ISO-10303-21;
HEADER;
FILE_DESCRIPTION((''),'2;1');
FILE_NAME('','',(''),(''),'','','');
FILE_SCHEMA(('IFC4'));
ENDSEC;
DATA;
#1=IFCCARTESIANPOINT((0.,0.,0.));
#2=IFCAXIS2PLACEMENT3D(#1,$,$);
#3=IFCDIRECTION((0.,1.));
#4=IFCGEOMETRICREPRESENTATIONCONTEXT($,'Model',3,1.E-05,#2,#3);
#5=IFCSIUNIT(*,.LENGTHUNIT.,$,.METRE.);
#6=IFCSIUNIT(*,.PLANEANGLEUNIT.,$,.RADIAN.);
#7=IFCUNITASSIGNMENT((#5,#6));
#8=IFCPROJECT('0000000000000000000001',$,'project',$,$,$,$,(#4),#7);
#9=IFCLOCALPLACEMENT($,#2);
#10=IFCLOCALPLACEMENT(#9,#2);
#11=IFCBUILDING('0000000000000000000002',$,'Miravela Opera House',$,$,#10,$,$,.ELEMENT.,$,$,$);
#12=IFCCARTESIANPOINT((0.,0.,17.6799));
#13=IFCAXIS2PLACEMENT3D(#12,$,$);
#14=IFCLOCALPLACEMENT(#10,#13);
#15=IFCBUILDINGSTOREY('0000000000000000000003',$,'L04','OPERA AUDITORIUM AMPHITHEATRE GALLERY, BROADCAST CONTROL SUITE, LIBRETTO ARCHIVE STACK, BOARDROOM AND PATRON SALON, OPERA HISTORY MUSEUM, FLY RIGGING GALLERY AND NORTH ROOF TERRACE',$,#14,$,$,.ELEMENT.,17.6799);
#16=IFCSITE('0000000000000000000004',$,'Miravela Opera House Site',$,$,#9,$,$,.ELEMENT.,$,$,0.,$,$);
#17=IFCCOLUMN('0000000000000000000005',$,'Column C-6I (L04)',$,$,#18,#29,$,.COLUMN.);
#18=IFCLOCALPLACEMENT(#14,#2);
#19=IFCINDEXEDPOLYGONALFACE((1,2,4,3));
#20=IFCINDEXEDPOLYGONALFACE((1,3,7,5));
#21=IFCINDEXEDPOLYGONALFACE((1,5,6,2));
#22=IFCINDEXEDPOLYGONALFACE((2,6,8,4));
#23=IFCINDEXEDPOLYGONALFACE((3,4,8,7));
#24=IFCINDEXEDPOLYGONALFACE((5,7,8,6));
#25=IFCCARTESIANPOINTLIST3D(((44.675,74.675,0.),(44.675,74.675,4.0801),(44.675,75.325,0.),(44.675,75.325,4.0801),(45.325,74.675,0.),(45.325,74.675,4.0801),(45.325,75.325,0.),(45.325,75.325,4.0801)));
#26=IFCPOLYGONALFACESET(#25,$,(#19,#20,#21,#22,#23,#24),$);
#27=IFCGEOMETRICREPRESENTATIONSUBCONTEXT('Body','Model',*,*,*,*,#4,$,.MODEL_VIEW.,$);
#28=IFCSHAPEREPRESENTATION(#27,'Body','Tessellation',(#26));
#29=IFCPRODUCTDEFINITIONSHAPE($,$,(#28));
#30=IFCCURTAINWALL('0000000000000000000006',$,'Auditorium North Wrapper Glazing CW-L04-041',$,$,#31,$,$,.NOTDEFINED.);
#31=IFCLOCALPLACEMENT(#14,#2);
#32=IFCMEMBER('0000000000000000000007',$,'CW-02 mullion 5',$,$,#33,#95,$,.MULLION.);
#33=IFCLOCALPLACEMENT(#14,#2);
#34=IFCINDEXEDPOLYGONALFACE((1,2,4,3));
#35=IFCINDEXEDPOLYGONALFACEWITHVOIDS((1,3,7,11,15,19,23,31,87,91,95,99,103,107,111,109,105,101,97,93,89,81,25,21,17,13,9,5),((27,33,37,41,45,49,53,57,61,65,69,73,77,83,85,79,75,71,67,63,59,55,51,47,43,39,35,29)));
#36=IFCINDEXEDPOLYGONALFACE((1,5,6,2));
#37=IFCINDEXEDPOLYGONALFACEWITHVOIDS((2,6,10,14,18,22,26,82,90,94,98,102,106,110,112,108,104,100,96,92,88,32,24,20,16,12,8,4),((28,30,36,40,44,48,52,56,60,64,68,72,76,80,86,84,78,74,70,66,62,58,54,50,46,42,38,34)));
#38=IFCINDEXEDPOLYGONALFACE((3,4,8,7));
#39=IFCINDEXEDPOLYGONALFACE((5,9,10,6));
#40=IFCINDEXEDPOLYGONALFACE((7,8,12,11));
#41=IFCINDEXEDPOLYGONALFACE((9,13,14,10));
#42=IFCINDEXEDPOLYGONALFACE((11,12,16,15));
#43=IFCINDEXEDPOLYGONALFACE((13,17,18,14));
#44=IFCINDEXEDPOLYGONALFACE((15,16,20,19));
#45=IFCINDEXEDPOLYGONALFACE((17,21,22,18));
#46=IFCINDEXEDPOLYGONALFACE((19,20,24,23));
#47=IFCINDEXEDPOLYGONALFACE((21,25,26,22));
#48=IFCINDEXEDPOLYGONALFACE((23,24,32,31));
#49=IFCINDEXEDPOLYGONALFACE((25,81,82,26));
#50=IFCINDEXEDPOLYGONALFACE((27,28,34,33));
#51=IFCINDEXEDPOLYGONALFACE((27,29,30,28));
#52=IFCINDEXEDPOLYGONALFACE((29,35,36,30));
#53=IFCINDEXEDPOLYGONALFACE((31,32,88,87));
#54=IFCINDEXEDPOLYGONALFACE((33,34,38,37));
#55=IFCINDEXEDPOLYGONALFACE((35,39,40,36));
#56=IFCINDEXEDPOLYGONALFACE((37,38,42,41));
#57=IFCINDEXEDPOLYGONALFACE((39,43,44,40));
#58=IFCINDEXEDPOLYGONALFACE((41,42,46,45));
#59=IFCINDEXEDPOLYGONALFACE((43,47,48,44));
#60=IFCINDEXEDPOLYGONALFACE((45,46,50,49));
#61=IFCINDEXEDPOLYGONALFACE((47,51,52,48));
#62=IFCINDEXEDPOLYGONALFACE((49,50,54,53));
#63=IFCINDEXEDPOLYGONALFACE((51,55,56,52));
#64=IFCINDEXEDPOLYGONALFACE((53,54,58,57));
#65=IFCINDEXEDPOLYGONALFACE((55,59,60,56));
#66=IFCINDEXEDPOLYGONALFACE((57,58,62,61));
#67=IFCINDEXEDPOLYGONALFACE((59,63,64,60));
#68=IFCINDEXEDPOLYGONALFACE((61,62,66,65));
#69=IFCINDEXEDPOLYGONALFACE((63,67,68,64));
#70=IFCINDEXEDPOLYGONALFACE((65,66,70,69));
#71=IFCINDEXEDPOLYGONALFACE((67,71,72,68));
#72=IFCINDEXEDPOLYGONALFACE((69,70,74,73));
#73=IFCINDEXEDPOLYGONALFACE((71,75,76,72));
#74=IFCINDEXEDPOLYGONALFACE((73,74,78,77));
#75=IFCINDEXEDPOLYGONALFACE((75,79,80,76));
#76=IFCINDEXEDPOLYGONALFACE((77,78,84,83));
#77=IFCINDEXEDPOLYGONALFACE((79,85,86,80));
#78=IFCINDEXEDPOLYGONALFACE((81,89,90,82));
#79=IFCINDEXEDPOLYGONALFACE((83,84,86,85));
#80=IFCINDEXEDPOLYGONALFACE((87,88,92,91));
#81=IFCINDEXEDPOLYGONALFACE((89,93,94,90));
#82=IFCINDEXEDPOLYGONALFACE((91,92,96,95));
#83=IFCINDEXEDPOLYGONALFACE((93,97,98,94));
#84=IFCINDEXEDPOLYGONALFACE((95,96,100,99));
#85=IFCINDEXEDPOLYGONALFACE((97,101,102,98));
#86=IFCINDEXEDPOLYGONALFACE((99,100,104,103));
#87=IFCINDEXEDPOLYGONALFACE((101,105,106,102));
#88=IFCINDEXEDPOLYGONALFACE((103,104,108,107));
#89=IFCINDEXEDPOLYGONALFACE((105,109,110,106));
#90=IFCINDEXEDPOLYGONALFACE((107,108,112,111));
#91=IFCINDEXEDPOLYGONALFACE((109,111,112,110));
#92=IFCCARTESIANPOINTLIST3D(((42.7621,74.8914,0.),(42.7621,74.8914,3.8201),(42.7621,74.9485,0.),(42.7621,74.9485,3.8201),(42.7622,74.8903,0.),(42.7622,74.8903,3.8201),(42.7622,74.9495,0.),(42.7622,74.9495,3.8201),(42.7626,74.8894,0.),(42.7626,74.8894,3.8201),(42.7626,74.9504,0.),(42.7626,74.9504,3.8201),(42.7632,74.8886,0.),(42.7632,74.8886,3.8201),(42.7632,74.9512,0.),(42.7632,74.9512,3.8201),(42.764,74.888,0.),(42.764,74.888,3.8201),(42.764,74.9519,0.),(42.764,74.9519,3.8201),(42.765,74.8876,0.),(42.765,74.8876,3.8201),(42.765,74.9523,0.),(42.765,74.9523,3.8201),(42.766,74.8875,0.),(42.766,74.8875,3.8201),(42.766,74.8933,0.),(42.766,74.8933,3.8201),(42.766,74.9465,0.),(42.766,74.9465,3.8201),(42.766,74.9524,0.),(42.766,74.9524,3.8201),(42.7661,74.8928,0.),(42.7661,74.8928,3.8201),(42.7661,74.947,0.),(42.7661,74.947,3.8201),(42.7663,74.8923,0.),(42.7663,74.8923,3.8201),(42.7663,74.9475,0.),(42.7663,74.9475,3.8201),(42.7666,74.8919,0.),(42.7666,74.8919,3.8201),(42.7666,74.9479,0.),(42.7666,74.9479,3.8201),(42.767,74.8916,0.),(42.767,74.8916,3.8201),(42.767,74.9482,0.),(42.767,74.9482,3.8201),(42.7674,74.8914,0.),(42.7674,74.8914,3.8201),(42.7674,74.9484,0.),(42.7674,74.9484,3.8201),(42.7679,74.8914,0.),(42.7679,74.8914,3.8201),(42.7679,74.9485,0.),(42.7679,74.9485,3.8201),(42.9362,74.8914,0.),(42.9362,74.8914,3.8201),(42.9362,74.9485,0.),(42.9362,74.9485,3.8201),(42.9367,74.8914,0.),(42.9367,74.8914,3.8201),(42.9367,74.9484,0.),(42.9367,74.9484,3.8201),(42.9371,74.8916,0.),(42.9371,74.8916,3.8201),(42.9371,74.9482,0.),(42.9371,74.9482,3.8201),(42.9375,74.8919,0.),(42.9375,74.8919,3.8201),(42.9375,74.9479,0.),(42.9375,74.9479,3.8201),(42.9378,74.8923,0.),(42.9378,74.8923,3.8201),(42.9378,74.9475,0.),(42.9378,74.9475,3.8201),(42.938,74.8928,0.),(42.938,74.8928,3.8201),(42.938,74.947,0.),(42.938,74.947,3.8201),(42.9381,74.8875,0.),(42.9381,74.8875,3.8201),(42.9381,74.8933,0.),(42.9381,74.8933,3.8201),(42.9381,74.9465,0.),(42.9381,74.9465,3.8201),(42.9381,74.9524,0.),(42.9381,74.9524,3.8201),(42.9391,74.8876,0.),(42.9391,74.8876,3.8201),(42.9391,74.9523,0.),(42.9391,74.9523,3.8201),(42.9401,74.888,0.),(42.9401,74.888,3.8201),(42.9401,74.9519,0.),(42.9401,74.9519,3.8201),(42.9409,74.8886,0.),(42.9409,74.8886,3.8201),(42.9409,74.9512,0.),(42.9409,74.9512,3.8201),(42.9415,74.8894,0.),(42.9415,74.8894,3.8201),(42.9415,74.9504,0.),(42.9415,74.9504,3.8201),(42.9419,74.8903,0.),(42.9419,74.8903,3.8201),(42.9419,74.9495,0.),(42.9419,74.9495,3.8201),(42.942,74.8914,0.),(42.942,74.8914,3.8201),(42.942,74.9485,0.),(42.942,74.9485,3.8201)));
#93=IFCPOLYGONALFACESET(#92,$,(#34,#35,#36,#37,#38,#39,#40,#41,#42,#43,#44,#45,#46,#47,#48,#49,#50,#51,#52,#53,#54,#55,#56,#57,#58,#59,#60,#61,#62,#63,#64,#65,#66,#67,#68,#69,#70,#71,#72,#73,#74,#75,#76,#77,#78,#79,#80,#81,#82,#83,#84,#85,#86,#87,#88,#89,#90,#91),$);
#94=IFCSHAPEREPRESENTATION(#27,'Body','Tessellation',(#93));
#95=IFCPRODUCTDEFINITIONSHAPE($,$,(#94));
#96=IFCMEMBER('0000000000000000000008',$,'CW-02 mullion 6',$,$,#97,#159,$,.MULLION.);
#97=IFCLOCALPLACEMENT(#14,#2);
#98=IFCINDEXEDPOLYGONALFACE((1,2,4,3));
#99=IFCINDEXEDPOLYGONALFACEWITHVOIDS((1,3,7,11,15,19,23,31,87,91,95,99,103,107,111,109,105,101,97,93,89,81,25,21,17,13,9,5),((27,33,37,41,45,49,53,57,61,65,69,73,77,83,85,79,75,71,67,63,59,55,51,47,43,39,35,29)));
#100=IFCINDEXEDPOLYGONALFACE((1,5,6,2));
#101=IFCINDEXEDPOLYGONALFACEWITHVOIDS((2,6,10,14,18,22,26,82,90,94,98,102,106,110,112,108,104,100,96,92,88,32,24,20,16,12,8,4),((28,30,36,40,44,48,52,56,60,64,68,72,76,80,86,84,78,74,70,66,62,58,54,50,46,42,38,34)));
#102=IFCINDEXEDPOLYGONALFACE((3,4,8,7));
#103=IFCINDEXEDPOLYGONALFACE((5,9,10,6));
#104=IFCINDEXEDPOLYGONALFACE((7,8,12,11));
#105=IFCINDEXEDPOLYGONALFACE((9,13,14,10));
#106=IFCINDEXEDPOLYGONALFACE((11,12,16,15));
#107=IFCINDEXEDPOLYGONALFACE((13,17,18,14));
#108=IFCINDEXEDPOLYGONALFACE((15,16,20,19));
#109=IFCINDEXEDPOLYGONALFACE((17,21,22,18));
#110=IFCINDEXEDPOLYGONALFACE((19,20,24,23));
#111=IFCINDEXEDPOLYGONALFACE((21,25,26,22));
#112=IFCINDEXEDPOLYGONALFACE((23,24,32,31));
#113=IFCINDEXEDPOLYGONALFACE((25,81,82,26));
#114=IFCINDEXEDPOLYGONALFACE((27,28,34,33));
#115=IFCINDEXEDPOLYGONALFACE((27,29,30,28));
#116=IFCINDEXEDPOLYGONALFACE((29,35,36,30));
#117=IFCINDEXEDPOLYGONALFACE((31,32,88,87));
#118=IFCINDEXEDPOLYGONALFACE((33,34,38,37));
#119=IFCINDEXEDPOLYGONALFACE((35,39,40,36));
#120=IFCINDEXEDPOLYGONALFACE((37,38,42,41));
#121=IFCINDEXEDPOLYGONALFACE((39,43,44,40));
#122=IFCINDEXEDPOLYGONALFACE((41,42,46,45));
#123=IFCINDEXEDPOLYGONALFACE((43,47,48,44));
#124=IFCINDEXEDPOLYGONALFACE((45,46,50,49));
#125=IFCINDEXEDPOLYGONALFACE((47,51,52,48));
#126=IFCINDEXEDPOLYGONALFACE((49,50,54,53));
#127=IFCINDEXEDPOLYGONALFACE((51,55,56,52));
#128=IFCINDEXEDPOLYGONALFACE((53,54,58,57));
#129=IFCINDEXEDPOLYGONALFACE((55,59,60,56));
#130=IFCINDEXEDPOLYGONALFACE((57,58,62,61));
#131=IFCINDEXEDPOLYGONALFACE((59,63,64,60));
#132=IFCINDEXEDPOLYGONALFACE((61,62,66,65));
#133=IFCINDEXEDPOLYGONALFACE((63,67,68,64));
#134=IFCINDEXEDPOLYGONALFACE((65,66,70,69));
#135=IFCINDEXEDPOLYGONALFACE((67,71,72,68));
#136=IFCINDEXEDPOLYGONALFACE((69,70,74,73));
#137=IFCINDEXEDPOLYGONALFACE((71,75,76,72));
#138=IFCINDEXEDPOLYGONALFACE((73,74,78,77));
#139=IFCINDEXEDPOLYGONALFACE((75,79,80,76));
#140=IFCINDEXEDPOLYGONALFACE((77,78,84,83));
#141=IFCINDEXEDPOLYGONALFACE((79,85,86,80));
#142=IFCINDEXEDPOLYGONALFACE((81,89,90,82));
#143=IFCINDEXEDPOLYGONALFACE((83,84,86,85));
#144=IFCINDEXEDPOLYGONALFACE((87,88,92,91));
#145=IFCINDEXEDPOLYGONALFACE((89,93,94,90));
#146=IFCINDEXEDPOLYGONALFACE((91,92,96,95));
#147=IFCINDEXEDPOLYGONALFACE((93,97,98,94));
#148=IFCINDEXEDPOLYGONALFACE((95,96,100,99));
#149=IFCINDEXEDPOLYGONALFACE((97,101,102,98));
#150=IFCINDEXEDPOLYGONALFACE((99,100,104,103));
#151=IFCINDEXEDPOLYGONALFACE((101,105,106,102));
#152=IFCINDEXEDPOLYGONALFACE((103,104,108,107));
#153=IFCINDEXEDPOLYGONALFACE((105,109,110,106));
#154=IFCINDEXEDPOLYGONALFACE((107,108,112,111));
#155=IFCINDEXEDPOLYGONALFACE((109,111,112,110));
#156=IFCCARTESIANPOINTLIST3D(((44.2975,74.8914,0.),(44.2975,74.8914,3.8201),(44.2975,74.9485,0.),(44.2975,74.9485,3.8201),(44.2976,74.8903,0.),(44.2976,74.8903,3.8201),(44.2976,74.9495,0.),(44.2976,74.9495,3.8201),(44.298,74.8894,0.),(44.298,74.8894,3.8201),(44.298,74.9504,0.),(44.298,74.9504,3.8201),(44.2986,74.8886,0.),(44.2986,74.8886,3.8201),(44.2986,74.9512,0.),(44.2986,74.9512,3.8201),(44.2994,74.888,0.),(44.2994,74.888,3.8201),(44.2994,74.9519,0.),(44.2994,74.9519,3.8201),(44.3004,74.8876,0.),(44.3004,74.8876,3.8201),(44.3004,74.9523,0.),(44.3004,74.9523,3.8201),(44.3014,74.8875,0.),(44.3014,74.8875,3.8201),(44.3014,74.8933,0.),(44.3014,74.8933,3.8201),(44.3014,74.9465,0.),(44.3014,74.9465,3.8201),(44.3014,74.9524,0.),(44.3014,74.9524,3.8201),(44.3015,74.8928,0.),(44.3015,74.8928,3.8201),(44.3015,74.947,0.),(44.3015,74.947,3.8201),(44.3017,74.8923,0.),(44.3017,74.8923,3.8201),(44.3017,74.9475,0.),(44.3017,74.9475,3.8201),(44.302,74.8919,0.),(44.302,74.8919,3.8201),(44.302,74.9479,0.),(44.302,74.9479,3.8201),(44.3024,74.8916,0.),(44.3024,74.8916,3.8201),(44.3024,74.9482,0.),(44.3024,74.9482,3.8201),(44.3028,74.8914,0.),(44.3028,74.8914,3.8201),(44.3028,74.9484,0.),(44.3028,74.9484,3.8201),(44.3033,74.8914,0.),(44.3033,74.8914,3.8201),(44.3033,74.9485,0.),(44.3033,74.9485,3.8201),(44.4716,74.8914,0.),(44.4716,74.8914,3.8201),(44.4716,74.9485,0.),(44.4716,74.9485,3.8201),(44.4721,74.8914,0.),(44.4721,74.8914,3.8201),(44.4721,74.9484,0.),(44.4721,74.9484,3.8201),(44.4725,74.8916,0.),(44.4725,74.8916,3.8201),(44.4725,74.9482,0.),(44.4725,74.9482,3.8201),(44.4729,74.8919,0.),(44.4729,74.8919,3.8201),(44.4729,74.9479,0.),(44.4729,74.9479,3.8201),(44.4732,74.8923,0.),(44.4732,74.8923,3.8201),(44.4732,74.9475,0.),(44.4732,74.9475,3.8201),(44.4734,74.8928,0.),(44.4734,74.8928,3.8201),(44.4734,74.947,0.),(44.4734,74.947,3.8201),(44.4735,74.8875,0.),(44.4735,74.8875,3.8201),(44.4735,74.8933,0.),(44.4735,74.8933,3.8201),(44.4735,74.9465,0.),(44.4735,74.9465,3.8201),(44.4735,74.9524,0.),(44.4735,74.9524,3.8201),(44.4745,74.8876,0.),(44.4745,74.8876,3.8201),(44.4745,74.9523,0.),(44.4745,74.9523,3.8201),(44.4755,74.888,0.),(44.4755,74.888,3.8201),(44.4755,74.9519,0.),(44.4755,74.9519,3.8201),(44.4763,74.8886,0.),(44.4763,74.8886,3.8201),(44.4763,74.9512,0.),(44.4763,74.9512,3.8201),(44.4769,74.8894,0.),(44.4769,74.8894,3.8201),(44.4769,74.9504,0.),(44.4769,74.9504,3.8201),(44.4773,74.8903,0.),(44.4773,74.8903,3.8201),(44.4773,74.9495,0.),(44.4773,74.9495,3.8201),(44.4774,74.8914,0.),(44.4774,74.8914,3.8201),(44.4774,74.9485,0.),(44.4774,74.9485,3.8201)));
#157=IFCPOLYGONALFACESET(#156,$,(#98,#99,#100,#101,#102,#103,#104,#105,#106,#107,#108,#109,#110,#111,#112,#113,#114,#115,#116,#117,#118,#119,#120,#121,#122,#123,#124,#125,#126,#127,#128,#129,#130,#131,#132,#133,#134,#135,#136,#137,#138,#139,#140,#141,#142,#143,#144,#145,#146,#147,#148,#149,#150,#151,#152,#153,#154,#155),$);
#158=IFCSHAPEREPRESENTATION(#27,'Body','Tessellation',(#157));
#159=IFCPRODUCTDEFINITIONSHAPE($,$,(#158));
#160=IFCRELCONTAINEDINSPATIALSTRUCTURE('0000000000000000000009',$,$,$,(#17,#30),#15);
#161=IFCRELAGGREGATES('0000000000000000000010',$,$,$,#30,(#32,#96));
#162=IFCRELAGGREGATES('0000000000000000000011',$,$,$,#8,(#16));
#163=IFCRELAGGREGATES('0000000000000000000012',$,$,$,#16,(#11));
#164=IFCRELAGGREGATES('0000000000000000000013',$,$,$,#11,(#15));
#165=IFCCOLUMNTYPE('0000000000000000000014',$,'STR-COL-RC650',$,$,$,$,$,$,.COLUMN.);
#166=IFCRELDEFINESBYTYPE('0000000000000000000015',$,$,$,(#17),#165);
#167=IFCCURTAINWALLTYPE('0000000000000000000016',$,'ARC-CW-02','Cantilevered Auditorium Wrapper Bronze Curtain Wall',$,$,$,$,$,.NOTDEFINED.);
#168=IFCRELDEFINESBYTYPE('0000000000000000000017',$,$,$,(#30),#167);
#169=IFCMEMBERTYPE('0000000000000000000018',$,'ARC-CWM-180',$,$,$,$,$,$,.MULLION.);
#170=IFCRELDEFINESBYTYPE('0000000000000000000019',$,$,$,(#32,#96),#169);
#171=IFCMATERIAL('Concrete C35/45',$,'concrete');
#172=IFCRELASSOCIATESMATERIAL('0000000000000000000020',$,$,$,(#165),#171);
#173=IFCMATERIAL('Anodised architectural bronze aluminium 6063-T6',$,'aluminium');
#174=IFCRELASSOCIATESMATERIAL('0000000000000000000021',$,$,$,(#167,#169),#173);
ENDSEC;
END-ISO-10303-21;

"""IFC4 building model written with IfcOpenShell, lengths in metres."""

from ifc_helpers import new_model, si_unit, direction, frame, origin, origin_2d, place, context, subcontext, project, spatial, rectangle, hollow_rectangle, extrude, material, material_profile, profile_set, type_object, element, aggregate, save


model = new_model("IFC4")

# Units and contexts
model_context = context("Model", 3, precision=1e-05, world=origin(), true_north=direction((0.0, 1.0)))
body_context = subcontext(model_context, "Body", "Model", "MODEL_VIEW")
ifc_project = project(units=[si_unit("LENGTHUNIT", "METRE"), si_unit("PLANEANGLEUNIT", "RADIAN")], contexts=[model_context])

# Site, building, storey
site_placement = place(None, origin())
site = spatial("IfcSite", under=ifc_project, at=site_placement, Name="Miravela Opera House Site", CompositionType="ELEMENT", RefElevation=0.0)
building_placement = place(site_placement, origin())
building = spatial("IfcBuilding", under=site, at=building_placement, Name="Miravela Opera House", CompositionType="ELEMENT")
storey_placement = place(building_placement, frame((0.0, 0.0, 17.6799)))
storey = spatial("IfcBuildingStorey", under=building, at=storey_placement, Name="L04", Description="OPERA AUDITORIUM AMPHITHEATRE GALLERY, BROADCAST CONTROL SUITE, LIBRETTO ARCHIVE STACK, BOARDROOM AND PATRON SALON, OPERA HISTORY MUSEUM, FLY RIGGING GALLERY AND NORTH ROOF TERRACE", CompositionType="ELEMENT", Elevation=17.6799)

# Column
ifc_material_1 = material(Name="Concrete C35/45", Category="concrete")
ifc_material_profile_1 = material_profile(ifc_material_1, rectangle(XDim=0.6499, YDim=0.6499, at=origin_2d()), Name="RC-COL-650X650")
ifc_profile_set_1 = profile_set([ifc_material_profile_1])
column_type = type_object("IfcColumnType", Name="STR-COL-RC650", PredefinedType="COLUMN", material=ifc_profile_set_1)
column_placement = place(storey_placement, frame((45.0, 75.0, 0.0), z_axis=(0.0, 0.0, 1.0), x_axis=(1.0, 0.0, 0.0)))
element("IfcColumn", 1, at=column_placement, inside=storey, type_object=column_type, Name="Column C-6I (L04)", PredefinedType="COLUMN", context=body_context, shape_type="SweptSolid", body=[
    extrude(rectangle(XDim=0.6499, YDim=0.6499, at=origin_2d()), origin(), (0.0, 0.0, 1.0), 4.0801),
])

# Curtain wall, members
ifc_material_2 = material(Name="Anodised architectural bronze aluminium 6063-T6", Category="aluminium")
curtain_wall_type = type_object("IfcCurtainWallType", Name="ARC-CW-02", Description="Cantilevered Auditorium Wrapper Bronze Curtain Wall", PredefinedType="NOTDEFINED", material=ifc_material_2)
curtain_wall_1_placement = place(storey_placement, origin())
curtain_wall_1 = element("IfcCurtainWall", 2, at=curtain_wall_1_placement, inside=storey, type_object=curtain_wall_type, Name="Auditorium North Wrapper Glazing CW-L04-041", PredefinedType="NOTDEFINED")
ifc_material_profile_2 = material_profile(ifc_material_2, hollow_rectangle(XDim=0.0649, YDim=0.1799, WallThickness=0.0039, InnerFilletRadius=0.002, OuterFilletRadius=0.0039, at=origin_2d()), Name="CWM-65X180")
ifc_profile_set_2 = profile_set([ifc_material_profile_2])
member_type_1 = type_object("IfcMemberType", Name="ARC-CWM-180", PredefinedType="MULLION", material=ifc_profile_set_2)
member_1_placement = place(storey_placement, frame((42.8521, 74.9199, 0.0), z_axis=(0.0, 0.0, 1.0), x_axis=(0.0, 1.0, 0.0)))
member_1 = element("IfcMember", 3, at=member_1_placement, type_object=member_type_1, Name="CW-02 mullion 5", PredefinedType="MULLION", context=body_context, shape_type="SweptSolid", body=[
    extrude(hollow_rectangle(XDim=0.0649, YDim=0.1799, WallThickness=0.0039, InnerFilletRadius=0.002, OuterFilletRadius=0.0039, at=origin_2d()), origin(), (0.0, 0.0, 1.0), 3.8201),
])
member_2_placement = place(storey_placement, frame((44.3875, 74.9199, 0.0), z_axis=(0.0, 0.0, 1.0), x_axis=(0.0, 1.0, 0.0)))
member_2 = element("IfcMember", 4, at=member_2_placement, type_object=member_type_1, Name="CW-02 mullion 6", PredefinedType="MULLION", context=body_context, shape_type="SweptSolid", body=[
    extrude(hollow_rectangle(XDim=0.0649, YDim=0.1799, WallThickness=0.0039, InnerFilletRadius=0.002, OuterFilletRadius=0.0039, at=origin_2d()), origin(), (0.0, 0.0, 1.0), 3.8201),
])

aggregate(curtain_wall_1, [member_1, member_2])

save(model, "model.ifc")
